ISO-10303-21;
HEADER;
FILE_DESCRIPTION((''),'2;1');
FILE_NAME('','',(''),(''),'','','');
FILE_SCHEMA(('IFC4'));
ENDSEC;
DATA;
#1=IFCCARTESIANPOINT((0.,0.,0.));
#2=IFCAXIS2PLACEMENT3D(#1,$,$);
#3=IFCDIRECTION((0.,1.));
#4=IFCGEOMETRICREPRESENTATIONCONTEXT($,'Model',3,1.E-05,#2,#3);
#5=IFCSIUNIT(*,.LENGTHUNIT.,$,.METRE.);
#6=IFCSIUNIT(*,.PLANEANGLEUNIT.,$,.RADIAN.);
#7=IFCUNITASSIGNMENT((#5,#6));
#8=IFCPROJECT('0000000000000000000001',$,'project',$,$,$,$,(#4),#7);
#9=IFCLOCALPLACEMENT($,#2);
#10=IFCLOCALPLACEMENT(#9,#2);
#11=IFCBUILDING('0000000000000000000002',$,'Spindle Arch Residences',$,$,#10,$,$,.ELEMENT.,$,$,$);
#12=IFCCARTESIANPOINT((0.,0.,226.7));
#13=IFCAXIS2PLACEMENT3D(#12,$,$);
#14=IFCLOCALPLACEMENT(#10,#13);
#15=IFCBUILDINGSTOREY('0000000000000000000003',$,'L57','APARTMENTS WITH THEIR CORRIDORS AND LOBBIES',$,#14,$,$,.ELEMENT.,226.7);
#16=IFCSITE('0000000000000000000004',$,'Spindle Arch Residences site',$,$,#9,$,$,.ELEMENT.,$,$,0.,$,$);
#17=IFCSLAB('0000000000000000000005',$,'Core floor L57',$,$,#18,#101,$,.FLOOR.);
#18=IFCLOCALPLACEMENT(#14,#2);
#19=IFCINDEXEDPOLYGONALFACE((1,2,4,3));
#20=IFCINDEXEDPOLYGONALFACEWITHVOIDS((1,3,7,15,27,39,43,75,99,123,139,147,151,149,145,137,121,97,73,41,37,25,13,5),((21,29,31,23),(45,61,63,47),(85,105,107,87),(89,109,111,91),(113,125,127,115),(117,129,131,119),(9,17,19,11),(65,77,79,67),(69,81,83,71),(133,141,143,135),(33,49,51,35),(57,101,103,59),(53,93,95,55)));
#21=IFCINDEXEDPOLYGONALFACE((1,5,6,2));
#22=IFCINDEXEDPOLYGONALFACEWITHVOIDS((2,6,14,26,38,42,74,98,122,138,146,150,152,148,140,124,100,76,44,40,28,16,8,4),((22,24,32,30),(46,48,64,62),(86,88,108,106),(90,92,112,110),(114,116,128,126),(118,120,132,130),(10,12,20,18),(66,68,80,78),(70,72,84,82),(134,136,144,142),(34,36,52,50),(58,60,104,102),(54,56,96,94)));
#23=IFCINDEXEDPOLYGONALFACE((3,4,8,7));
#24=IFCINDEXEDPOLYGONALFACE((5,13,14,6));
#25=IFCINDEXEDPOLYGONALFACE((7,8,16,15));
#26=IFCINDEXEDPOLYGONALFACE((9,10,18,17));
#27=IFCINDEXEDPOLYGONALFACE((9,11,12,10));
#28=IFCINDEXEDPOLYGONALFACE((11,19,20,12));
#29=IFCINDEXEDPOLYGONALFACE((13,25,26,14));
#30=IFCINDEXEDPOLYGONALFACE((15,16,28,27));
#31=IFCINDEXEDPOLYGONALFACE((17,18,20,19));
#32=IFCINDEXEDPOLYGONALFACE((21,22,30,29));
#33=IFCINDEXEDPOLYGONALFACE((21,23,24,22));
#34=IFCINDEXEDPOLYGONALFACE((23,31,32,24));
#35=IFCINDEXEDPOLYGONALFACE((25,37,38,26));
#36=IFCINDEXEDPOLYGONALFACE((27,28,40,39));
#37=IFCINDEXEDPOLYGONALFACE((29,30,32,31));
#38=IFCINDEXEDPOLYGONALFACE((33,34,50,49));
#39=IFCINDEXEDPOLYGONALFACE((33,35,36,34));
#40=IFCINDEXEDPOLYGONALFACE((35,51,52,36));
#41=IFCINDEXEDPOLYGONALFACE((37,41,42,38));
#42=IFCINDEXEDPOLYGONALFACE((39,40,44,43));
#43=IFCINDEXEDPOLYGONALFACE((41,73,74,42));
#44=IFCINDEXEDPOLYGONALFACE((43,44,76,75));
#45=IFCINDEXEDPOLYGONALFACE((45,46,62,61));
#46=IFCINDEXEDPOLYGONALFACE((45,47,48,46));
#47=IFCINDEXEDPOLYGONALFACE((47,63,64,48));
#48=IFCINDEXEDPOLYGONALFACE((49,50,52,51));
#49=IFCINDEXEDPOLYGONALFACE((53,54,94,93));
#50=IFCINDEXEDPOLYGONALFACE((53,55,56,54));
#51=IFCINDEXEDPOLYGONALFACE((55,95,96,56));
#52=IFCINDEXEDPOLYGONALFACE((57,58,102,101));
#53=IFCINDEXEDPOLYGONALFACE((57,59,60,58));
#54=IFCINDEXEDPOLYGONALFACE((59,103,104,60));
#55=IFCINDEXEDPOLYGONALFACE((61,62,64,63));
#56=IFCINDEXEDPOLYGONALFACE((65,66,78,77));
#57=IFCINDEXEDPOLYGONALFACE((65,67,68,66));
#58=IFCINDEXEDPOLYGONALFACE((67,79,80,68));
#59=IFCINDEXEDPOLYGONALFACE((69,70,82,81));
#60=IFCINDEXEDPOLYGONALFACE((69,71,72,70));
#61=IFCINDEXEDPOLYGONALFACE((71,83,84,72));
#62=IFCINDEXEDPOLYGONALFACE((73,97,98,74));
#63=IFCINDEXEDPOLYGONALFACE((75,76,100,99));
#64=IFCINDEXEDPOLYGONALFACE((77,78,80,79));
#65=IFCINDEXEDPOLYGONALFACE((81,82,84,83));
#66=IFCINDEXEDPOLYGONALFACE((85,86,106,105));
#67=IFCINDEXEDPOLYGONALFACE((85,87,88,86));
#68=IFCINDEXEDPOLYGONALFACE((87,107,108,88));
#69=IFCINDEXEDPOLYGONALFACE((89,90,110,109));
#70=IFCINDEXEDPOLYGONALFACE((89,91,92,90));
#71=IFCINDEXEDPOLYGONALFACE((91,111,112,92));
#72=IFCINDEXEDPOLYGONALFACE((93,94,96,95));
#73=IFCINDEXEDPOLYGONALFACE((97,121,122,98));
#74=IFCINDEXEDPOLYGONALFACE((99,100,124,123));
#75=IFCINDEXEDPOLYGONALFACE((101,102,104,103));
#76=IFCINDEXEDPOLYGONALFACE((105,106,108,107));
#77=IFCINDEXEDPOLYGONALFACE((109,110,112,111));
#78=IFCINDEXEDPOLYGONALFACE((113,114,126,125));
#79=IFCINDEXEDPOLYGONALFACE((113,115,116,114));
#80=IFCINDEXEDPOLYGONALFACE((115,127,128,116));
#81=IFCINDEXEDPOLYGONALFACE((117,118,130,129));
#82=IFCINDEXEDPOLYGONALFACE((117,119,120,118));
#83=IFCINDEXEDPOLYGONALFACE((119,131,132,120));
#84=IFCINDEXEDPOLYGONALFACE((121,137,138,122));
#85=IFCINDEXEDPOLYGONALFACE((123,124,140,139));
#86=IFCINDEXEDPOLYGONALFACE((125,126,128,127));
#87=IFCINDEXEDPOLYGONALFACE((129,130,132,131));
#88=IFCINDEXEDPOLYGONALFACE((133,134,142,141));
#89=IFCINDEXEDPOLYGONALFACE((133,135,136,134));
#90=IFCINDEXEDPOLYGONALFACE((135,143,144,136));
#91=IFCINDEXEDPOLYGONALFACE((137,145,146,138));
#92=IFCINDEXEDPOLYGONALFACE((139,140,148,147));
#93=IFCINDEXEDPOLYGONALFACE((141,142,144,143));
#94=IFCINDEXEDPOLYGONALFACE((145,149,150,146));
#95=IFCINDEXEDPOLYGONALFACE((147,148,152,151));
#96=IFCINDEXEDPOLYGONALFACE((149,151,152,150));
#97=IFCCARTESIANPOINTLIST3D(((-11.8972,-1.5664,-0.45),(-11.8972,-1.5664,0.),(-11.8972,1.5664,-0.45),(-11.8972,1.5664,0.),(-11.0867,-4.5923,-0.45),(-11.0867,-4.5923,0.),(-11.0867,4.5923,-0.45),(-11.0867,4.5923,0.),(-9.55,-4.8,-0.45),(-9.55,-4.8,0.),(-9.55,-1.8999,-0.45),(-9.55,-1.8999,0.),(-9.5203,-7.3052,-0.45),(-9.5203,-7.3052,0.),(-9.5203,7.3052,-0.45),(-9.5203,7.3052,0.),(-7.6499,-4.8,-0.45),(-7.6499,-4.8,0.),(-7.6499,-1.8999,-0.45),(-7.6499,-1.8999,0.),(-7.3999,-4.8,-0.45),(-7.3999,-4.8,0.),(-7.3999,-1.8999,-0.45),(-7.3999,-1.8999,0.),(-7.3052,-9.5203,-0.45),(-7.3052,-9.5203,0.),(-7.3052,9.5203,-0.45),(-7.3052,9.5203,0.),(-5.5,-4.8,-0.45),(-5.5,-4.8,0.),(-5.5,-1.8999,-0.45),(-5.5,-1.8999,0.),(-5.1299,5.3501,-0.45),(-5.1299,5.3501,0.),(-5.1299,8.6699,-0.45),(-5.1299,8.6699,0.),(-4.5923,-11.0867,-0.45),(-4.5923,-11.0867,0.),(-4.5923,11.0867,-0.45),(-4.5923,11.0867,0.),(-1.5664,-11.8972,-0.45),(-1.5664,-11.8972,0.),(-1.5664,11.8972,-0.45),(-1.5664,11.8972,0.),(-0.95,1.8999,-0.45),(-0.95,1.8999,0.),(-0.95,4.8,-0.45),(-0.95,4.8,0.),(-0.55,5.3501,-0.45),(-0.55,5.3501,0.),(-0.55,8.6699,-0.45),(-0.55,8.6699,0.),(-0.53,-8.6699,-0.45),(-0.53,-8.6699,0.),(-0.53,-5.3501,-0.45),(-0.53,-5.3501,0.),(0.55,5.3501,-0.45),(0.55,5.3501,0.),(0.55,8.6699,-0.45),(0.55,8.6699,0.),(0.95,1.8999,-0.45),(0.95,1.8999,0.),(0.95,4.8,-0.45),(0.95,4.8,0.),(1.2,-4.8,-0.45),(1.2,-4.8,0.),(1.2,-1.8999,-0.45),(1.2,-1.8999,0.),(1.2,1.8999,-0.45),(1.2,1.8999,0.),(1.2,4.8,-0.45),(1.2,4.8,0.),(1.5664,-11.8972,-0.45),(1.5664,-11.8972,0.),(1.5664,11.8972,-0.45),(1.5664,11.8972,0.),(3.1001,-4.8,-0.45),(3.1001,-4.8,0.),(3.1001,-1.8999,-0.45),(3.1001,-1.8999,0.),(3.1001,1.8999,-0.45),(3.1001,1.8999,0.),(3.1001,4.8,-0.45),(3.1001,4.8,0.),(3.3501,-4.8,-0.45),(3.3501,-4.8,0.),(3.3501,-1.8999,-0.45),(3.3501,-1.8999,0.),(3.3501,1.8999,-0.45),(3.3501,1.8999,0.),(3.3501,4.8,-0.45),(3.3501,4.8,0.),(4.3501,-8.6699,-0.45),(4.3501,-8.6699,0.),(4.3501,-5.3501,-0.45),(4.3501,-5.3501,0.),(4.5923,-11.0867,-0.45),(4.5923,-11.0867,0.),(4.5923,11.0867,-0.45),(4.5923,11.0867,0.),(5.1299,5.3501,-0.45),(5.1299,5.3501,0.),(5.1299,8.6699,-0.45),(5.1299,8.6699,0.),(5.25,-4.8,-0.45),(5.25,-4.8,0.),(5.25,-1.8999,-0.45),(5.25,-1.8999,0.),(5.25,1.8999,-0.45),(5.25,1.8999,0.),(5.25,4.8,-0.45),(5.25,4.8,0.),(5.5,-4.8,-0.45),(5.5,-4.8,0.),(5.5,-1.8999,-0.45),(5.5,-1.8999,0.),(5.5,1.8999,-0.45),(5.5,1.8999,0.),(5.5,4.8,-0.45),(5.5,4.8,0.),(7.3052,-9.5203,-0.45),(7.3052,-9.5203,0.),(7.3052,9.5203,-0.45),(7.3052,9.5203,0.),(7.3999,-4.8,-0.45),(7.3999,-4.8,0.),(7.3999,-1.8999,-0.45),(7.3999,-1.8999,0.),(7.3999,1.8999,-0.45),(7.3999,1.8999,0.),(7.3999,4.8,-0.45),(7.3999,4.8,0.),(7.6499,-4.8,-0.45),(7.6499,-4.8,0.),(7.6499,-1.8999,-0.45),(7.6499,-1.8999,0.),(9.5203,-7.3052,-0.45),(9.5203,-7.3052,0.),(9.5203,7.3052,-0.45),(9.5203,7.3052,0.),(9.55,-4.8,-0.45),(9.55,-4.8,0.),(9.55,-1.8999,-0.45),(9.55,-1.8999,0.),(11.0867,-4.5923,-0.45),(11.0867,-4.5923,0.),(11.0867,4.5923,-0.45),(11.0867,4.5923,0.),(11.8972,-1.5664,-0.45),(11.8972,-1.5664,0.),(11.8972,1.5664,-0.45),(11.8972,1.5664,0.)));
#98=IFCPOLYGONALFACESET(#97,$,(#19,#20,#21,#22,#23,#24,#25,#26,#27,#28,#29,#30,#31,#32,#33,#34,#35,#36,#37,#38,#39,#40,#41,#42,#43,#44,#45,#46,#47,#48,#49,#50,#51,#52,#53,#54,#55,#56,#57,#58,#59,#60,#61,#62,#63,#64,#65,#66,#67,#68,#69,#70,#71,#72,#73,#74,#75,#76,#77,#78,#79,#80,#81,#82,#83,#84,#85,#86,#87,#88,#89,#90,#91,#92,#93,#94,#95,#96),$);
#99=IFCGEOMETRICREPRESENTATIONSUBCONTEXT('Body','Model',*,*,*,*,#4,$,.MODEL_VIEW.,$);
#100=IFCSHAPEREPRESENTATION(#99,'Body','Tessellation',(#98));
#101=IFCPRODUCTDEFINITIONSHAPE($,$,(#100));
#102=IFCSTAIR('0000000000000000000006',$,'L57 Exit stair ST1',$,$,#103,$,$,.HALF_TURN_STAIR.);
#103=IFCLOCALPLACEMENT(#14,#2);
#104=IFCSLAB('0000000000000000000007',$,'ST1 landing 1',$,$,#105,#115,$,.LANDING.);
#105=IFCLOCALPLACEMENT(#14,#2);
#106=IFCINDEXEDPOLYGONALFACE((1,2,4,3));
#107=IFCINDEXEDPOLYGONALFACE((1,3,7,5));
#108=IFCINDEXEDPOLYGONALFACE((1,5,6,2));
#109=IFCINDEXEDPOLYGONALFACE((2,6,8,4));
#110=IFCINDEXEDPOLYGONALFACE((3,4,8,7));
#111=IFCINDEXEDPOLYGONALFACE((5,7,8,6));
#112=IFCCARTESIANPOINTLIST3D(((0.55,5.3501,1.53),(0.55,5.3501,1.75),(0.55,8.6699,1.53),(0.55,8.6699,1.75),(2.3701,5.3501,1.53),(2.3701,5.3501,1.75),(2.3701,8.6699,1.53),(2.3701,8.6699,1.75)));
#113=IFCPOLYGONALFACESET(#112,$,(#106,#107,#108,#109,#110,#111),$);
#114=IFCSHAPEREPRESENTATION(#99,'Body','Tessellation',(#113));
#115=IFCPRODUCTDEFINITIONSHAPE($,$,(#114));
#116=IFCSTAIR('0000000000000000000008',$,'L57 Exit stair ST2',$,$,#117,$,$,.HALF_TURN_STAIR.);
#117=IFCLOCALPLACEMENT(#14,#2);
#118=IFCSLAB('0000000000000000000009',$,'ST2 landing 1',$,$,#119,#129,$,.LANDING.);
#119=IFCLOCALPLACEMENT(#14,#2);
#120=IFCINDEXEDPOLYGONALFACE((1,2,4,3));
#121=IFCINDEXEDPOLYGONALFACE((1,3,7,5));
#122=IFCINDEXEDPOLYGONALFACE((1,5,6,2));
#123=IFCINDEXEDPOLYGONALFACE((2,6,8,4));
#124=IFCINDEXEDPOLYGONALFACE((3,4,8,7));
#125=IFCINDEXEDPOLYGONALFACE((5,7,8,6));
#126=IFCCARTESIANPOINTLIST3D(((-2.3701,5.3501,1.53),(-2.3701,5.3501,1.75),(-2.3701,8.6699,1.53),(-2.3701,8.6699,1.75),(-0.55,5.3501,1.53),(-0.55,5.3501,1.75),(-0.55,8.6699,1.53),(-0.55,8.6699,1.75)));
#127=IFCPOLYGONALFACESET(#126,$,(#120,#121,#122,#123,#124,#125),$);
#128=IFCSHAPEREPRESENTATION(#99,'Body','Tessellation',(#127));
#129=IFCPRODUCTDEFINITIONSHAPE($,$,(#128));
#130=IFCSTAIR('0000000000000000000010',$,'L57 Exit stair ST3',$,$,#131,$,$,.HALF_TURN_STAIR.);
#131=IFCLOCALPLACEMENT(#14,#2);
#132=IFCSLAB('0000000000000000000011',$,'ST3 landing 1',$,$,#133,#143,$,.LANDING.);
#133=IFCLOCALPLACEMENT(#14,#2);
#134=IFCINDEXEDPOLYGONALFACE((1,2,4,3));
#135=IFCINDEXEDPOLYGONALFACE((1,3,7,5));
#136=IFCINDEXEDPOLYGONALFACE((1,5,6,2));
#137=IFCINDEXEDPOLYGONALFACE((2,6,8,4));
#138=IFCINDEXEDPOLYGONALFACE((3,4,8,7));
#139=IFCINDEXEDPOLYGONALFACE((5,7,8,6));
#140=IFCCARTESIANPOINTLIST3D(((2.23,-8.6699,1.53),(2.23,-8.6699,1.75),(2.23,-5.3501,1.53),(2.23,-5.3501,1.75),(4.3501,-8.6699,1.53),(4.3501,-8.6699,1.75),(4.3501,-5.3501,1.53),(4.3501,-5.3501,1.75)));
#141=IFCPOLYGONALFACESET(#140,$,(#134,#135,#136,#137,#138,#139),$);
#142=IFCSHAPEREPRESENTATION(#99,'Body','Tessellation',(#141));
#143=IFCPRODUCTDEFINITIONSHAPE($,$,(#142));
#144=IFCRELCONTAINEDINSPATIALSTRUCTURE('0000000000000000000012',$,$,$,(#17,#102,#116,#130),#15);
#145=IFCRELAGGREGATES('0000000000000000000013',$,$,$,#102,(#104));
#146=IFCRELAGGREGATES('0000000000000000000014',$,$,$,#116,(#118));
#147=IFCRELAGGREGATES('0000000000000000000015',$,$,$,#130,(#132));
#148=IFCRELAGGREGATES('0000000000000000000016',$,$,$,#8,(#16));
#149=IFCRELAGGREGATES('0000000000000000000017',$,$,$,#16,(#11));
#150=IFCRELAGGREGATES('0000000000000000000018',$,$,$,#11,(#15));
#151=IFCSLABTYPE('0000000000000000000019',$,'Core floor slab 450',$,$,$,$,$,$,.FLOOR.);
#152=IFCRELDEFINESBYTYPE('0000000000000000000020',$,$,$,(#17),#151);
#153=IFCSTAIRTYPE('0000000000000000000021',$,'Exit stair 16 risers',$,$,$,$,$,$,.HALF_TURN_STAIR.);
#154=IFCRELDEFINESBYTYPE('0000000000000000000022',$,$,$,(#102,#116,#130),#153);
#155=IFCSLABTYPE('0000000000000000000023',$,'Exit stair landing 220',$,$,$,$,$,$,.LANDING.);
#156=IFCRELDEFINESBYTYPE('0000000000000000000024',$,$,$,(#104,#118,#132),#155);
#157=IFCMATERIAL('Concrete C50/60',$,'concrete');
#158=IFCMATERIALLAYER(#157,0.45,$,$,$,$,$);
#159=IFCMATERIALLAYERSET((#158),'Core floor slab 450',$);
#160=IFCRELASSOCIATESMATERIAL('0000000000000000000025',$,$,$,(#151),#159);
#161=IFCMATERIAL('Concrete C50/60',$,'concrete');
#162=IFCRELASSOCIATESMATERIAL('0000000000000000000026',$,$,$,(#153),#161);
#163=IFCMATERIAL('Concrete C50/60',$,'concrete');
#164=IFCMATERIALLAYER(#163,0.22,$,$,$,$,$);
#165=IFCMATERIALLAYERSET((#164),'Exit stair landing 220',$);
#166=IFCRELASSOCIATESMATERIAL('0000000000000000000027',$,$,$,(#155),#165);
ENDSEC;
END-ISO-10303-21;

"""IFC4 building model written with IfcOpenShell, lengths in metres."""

from ifc_helpers import new_model, si_unit, direction, frame, origin, place, context, subcontext, project, spatial, polyline, outline, extrude, material, layer, layer_set, type_object, element, aggregate, save


model = new_model("IFC4")

# Units and contexts
model_context = context("Model", 3, precision=1e-05, world=origin(), true_north=direction((0.0, 1.0)))
body_context = subcontext(model_context, "Body", "Model", "MODEL_VIEW")
ifc_project = project(units=[si_unit("LENGTHUNIT", "METRE"), si_unit("PLANEANGLEUNIT", "RADIAN")], contexts=[model_context])

# Site, building, storey
site_placement = place(None, origin())
site = spatial("IfcSite", under=ifc_project, at=site_placement, Name="Spindle Arch Residences site", CompositionType="ELEMENT", RefElevation=0.0)
building_placement = place(site_placement, origin())
building = spatial("IfcBuilding", under=site, at=building_placement, Name="Spindle Arch Residences", CompositionType="ELEMENT")
storey_placement = place(building_placement, frame((0.0, 0.0, 226.7)))
storey = spatial("IfcBuildingStorey", under=building, at=storey_placement, Name="L57", Description="APARTMENTS WITH THEIR CORRIDORS AND LOBBIES", CompositionType="ELEMENT", Elevation=226.7)

# Slab
ifc_material_1 = material(Name="Concrete C50/60", Category="concrete")
ifc_layer_1 = layer(ifc_material_1, 0.45)
ifc_layer_set_1 = layer_set([ifc_layer_1], Name="Core floor slab 450")
slab_type_1 = type_object("IfcSlabType", Name="Core floor slab 450", PredefinedType="FLOOR", material=ifc_layer_set_1)
slab_1_placement = place(storey_placement, frame((0.0, 0.0, -0.45)))
element("IfcSlab", 1, at=slab_1_placement, inside=storey, type_object=slab_type_1, Name="Core floor L57", PredefinedType="FLOOR", context=body_context, shape_type="SweptSolid", body=[
    extrude(outline(polyline([(1.5664, -11.8972), (4.5923, -11.0867), (7.3052, -9.5203), (9.5203, -7.3052), (11.0867, -4.5923), (11.8972, -1.5664), (11.8972, 1.5664), (11.0867, 4.5923), (9.5203, 7.3052), (7.3052, 9.5203), (4.5923, 11.0867), (1.5664, 11.8972), (-1.5664, 11.8972), (-4.5923, 11.0867), (-7.3052, 9.5203), (-9.5203, 7.3052), (-11.0867, 4.5923), (-11.8972, 1.5664), (-11.8972, -1.5664), (-11.0867, -4.5923), (-9.5203, -7.3052), (-7.3052, -9.5203), (-4.5923, -11.0867), (-1.5664, -11.8972), (1.5664, -11.8972)]), holes=[polyline([(-0.95, 1.8999), (0.95, 1.8999), (0.95, 4.8), (-0.95, 4.8), (-0.95, 1.8999)]), polyline([(1.2, 1.8999), (3.1001, 1.8999), (3.1001, 4.8), (1.2, 4.8), (1.2, 1.8999)]), polyline([(3.3501, 1.8999), (5.25, 1.8999), (5.25, 4.8), (3.3501, 4.8), (3.3501, 1.8999)]), polyline([(5.5, 1.8999), (7.3999, 1.8999), (7.3999, 4.8), (5.5, 4.8), (5.5, 1.8999)]), polyline([(-9.55, -4.8), (-7.6499, -4.8), (-7.6499, -1.8999), (-9.55, -1.8999), (-9.55, -4.8)]), polyline([(-7.3999, -4.8), (-5.5, -4.8), (-5.5, -1.8999), (-7.3999, -1.8999), (-7.3999, -4.8)]), polyline([(1.2, -4.8), (3.1001, -4.8), (3.1001, -1.8999), (1.2, -1.8999), (1.2, -4.8)]), polyline([(3.3501, -4.8), (5.25, -4.8), (5.25, -1.8999), (3.3501, -1.8999), (3.3501, -4.8)]), polyline([(5.5, -4.8), (7.3999, -4.8), (7.3999, -1.8999), (5.5, -1.8999), (5.5, -4.8)]), polyline([(7.6499, -4.8), (9.55, -4.8), (9.55, -1.8999), (7.6499, -1.8999), (7.6499, -4.8)]), polyline([(5.1299, 8.6699), (0.55, 8.6699), (0.55, 5.3501), (5.1299, 5.3501), (5.1299, 8.6699)]), polyline([(-5.1299, 5.3501), (-0.55, 5.3501), (-0.55, 8.6699), (-5.1299, 8.6699), (-5.1299, 5.3501)]), polyline([(-0.53, -8.6699), (4.3501, -8.6699), (4.3501, -5.3501), (-0.53, -5.3501), (-0.53, -8.6699)])]), origin(), (0.0, 0.0, 1.0), 0.45),
])

# Stairs, slabs
ifc_material_2 = material(Name="Concrete C50/60", Category="concrete")
stair_type = type_object("IfcStairType", Name="Exit stair 16 risers", PredefinedType="HALF_TURN_STAIR", material=ifc_material_2)
stair_1_placement = place(storey_placement, origin())
stair_1 = element("IfcStair", 2, at=stair_1_placement, inside=storey, type_object=stair_type, Name="L57 Exit stair ST1", PredefinedType="HALF_TURN_STAIR")
ifc_material_3 = material(Name="Concrete C50/60", Category="concrete")
ifc_layer_2 = layer(ifc_material_3, 0.22)
ifc_layer_set_2 = layer_set([ifc_layer_2], Name="Exit stair landing 220")
slab_type_2 = type_object("IfcSlabType", Name="Exit stair landing 220", PredefinedType="LANDING", material=ifc_layer_set_2)
slab_2_placement = place(storey_placement, frame((0.0, 0.0, 1.53)))
slab_2 = element("IfcSlab", 3, at=slab_2_placement, type_object=slab_type_2, Name="ST1 landing 1", PredefinedType="LANDING", context=body_context, shape_type="SweptSolid", body=[
    extrude(outline(polyline([(2.3701, 8.6699), (0.55, 8.6699), (0.55, 5.3501), (2.3701, 5.3501), (2.3701, 8.6699)])), origin(), (0.0, 0.0, 1.0), 0.22),
])
aggregate(stair_1, [slab_2])
stair_2_placement = place(storey_placement, origin())
stair_2 = element("IfcStair", 4, at=stair_2_placement, inside=storey, type_object=stair_type, Name="L57 Exit stair ST2", PredefinedType="HALF_TURN_STAIR")
slab_3_placement = place(storey_placement, frame((0.0, 0.0, 1.53)))
slab_3 = element("IfcSlab", 5, at=slab_3_placement, type_object=slab_type_2, Name="ST2 landing 1", PredefinedType="LANDING", context=body_context, shape_type="SweptSolid", body=[
    extrude(outline(polyline([(-2.3701, 5.3501), (-0.55, 5.3501), (-0.55, 8.6699), (-2.3701, 8.6699), (-2.3701, 5.3501)])), origin(), (0.0, 0.0, 1.0), 0.22),
])
aggregate(stair_2, [slab_3])
stair_3_placement = place(storey_placement, origin())
stair_3 = element("IfcStair", 6, at=stair_3_placement, inside=storey, type_object=stair_type, Name="L57 Exit stair ST3", PredefinedType="HALF_TURN_STAIR")
slab_4_placement = place(storey_placement, frame((0.0, 0.0, 1.53)))
slab_4 = element("IfcSlab", 7, at=slab_4_placement, type_object=slab_type_2, Name="ST3 landing 1", PredefinedType="LANDING", context=body_context, shape_type="SweptSolid", body=[
    extrude(outline(polyline([(2.23, -8.6699), (4.3501, -8.6699), (4.3501, -5.3501), (2.23, -5.3501), (2.23, -8.6699)])), origin(), (0.0, 0.0, 1.0), 0.22),
])
aggregate(stair_3, [slab_4])

save(model, "model.ifc")
